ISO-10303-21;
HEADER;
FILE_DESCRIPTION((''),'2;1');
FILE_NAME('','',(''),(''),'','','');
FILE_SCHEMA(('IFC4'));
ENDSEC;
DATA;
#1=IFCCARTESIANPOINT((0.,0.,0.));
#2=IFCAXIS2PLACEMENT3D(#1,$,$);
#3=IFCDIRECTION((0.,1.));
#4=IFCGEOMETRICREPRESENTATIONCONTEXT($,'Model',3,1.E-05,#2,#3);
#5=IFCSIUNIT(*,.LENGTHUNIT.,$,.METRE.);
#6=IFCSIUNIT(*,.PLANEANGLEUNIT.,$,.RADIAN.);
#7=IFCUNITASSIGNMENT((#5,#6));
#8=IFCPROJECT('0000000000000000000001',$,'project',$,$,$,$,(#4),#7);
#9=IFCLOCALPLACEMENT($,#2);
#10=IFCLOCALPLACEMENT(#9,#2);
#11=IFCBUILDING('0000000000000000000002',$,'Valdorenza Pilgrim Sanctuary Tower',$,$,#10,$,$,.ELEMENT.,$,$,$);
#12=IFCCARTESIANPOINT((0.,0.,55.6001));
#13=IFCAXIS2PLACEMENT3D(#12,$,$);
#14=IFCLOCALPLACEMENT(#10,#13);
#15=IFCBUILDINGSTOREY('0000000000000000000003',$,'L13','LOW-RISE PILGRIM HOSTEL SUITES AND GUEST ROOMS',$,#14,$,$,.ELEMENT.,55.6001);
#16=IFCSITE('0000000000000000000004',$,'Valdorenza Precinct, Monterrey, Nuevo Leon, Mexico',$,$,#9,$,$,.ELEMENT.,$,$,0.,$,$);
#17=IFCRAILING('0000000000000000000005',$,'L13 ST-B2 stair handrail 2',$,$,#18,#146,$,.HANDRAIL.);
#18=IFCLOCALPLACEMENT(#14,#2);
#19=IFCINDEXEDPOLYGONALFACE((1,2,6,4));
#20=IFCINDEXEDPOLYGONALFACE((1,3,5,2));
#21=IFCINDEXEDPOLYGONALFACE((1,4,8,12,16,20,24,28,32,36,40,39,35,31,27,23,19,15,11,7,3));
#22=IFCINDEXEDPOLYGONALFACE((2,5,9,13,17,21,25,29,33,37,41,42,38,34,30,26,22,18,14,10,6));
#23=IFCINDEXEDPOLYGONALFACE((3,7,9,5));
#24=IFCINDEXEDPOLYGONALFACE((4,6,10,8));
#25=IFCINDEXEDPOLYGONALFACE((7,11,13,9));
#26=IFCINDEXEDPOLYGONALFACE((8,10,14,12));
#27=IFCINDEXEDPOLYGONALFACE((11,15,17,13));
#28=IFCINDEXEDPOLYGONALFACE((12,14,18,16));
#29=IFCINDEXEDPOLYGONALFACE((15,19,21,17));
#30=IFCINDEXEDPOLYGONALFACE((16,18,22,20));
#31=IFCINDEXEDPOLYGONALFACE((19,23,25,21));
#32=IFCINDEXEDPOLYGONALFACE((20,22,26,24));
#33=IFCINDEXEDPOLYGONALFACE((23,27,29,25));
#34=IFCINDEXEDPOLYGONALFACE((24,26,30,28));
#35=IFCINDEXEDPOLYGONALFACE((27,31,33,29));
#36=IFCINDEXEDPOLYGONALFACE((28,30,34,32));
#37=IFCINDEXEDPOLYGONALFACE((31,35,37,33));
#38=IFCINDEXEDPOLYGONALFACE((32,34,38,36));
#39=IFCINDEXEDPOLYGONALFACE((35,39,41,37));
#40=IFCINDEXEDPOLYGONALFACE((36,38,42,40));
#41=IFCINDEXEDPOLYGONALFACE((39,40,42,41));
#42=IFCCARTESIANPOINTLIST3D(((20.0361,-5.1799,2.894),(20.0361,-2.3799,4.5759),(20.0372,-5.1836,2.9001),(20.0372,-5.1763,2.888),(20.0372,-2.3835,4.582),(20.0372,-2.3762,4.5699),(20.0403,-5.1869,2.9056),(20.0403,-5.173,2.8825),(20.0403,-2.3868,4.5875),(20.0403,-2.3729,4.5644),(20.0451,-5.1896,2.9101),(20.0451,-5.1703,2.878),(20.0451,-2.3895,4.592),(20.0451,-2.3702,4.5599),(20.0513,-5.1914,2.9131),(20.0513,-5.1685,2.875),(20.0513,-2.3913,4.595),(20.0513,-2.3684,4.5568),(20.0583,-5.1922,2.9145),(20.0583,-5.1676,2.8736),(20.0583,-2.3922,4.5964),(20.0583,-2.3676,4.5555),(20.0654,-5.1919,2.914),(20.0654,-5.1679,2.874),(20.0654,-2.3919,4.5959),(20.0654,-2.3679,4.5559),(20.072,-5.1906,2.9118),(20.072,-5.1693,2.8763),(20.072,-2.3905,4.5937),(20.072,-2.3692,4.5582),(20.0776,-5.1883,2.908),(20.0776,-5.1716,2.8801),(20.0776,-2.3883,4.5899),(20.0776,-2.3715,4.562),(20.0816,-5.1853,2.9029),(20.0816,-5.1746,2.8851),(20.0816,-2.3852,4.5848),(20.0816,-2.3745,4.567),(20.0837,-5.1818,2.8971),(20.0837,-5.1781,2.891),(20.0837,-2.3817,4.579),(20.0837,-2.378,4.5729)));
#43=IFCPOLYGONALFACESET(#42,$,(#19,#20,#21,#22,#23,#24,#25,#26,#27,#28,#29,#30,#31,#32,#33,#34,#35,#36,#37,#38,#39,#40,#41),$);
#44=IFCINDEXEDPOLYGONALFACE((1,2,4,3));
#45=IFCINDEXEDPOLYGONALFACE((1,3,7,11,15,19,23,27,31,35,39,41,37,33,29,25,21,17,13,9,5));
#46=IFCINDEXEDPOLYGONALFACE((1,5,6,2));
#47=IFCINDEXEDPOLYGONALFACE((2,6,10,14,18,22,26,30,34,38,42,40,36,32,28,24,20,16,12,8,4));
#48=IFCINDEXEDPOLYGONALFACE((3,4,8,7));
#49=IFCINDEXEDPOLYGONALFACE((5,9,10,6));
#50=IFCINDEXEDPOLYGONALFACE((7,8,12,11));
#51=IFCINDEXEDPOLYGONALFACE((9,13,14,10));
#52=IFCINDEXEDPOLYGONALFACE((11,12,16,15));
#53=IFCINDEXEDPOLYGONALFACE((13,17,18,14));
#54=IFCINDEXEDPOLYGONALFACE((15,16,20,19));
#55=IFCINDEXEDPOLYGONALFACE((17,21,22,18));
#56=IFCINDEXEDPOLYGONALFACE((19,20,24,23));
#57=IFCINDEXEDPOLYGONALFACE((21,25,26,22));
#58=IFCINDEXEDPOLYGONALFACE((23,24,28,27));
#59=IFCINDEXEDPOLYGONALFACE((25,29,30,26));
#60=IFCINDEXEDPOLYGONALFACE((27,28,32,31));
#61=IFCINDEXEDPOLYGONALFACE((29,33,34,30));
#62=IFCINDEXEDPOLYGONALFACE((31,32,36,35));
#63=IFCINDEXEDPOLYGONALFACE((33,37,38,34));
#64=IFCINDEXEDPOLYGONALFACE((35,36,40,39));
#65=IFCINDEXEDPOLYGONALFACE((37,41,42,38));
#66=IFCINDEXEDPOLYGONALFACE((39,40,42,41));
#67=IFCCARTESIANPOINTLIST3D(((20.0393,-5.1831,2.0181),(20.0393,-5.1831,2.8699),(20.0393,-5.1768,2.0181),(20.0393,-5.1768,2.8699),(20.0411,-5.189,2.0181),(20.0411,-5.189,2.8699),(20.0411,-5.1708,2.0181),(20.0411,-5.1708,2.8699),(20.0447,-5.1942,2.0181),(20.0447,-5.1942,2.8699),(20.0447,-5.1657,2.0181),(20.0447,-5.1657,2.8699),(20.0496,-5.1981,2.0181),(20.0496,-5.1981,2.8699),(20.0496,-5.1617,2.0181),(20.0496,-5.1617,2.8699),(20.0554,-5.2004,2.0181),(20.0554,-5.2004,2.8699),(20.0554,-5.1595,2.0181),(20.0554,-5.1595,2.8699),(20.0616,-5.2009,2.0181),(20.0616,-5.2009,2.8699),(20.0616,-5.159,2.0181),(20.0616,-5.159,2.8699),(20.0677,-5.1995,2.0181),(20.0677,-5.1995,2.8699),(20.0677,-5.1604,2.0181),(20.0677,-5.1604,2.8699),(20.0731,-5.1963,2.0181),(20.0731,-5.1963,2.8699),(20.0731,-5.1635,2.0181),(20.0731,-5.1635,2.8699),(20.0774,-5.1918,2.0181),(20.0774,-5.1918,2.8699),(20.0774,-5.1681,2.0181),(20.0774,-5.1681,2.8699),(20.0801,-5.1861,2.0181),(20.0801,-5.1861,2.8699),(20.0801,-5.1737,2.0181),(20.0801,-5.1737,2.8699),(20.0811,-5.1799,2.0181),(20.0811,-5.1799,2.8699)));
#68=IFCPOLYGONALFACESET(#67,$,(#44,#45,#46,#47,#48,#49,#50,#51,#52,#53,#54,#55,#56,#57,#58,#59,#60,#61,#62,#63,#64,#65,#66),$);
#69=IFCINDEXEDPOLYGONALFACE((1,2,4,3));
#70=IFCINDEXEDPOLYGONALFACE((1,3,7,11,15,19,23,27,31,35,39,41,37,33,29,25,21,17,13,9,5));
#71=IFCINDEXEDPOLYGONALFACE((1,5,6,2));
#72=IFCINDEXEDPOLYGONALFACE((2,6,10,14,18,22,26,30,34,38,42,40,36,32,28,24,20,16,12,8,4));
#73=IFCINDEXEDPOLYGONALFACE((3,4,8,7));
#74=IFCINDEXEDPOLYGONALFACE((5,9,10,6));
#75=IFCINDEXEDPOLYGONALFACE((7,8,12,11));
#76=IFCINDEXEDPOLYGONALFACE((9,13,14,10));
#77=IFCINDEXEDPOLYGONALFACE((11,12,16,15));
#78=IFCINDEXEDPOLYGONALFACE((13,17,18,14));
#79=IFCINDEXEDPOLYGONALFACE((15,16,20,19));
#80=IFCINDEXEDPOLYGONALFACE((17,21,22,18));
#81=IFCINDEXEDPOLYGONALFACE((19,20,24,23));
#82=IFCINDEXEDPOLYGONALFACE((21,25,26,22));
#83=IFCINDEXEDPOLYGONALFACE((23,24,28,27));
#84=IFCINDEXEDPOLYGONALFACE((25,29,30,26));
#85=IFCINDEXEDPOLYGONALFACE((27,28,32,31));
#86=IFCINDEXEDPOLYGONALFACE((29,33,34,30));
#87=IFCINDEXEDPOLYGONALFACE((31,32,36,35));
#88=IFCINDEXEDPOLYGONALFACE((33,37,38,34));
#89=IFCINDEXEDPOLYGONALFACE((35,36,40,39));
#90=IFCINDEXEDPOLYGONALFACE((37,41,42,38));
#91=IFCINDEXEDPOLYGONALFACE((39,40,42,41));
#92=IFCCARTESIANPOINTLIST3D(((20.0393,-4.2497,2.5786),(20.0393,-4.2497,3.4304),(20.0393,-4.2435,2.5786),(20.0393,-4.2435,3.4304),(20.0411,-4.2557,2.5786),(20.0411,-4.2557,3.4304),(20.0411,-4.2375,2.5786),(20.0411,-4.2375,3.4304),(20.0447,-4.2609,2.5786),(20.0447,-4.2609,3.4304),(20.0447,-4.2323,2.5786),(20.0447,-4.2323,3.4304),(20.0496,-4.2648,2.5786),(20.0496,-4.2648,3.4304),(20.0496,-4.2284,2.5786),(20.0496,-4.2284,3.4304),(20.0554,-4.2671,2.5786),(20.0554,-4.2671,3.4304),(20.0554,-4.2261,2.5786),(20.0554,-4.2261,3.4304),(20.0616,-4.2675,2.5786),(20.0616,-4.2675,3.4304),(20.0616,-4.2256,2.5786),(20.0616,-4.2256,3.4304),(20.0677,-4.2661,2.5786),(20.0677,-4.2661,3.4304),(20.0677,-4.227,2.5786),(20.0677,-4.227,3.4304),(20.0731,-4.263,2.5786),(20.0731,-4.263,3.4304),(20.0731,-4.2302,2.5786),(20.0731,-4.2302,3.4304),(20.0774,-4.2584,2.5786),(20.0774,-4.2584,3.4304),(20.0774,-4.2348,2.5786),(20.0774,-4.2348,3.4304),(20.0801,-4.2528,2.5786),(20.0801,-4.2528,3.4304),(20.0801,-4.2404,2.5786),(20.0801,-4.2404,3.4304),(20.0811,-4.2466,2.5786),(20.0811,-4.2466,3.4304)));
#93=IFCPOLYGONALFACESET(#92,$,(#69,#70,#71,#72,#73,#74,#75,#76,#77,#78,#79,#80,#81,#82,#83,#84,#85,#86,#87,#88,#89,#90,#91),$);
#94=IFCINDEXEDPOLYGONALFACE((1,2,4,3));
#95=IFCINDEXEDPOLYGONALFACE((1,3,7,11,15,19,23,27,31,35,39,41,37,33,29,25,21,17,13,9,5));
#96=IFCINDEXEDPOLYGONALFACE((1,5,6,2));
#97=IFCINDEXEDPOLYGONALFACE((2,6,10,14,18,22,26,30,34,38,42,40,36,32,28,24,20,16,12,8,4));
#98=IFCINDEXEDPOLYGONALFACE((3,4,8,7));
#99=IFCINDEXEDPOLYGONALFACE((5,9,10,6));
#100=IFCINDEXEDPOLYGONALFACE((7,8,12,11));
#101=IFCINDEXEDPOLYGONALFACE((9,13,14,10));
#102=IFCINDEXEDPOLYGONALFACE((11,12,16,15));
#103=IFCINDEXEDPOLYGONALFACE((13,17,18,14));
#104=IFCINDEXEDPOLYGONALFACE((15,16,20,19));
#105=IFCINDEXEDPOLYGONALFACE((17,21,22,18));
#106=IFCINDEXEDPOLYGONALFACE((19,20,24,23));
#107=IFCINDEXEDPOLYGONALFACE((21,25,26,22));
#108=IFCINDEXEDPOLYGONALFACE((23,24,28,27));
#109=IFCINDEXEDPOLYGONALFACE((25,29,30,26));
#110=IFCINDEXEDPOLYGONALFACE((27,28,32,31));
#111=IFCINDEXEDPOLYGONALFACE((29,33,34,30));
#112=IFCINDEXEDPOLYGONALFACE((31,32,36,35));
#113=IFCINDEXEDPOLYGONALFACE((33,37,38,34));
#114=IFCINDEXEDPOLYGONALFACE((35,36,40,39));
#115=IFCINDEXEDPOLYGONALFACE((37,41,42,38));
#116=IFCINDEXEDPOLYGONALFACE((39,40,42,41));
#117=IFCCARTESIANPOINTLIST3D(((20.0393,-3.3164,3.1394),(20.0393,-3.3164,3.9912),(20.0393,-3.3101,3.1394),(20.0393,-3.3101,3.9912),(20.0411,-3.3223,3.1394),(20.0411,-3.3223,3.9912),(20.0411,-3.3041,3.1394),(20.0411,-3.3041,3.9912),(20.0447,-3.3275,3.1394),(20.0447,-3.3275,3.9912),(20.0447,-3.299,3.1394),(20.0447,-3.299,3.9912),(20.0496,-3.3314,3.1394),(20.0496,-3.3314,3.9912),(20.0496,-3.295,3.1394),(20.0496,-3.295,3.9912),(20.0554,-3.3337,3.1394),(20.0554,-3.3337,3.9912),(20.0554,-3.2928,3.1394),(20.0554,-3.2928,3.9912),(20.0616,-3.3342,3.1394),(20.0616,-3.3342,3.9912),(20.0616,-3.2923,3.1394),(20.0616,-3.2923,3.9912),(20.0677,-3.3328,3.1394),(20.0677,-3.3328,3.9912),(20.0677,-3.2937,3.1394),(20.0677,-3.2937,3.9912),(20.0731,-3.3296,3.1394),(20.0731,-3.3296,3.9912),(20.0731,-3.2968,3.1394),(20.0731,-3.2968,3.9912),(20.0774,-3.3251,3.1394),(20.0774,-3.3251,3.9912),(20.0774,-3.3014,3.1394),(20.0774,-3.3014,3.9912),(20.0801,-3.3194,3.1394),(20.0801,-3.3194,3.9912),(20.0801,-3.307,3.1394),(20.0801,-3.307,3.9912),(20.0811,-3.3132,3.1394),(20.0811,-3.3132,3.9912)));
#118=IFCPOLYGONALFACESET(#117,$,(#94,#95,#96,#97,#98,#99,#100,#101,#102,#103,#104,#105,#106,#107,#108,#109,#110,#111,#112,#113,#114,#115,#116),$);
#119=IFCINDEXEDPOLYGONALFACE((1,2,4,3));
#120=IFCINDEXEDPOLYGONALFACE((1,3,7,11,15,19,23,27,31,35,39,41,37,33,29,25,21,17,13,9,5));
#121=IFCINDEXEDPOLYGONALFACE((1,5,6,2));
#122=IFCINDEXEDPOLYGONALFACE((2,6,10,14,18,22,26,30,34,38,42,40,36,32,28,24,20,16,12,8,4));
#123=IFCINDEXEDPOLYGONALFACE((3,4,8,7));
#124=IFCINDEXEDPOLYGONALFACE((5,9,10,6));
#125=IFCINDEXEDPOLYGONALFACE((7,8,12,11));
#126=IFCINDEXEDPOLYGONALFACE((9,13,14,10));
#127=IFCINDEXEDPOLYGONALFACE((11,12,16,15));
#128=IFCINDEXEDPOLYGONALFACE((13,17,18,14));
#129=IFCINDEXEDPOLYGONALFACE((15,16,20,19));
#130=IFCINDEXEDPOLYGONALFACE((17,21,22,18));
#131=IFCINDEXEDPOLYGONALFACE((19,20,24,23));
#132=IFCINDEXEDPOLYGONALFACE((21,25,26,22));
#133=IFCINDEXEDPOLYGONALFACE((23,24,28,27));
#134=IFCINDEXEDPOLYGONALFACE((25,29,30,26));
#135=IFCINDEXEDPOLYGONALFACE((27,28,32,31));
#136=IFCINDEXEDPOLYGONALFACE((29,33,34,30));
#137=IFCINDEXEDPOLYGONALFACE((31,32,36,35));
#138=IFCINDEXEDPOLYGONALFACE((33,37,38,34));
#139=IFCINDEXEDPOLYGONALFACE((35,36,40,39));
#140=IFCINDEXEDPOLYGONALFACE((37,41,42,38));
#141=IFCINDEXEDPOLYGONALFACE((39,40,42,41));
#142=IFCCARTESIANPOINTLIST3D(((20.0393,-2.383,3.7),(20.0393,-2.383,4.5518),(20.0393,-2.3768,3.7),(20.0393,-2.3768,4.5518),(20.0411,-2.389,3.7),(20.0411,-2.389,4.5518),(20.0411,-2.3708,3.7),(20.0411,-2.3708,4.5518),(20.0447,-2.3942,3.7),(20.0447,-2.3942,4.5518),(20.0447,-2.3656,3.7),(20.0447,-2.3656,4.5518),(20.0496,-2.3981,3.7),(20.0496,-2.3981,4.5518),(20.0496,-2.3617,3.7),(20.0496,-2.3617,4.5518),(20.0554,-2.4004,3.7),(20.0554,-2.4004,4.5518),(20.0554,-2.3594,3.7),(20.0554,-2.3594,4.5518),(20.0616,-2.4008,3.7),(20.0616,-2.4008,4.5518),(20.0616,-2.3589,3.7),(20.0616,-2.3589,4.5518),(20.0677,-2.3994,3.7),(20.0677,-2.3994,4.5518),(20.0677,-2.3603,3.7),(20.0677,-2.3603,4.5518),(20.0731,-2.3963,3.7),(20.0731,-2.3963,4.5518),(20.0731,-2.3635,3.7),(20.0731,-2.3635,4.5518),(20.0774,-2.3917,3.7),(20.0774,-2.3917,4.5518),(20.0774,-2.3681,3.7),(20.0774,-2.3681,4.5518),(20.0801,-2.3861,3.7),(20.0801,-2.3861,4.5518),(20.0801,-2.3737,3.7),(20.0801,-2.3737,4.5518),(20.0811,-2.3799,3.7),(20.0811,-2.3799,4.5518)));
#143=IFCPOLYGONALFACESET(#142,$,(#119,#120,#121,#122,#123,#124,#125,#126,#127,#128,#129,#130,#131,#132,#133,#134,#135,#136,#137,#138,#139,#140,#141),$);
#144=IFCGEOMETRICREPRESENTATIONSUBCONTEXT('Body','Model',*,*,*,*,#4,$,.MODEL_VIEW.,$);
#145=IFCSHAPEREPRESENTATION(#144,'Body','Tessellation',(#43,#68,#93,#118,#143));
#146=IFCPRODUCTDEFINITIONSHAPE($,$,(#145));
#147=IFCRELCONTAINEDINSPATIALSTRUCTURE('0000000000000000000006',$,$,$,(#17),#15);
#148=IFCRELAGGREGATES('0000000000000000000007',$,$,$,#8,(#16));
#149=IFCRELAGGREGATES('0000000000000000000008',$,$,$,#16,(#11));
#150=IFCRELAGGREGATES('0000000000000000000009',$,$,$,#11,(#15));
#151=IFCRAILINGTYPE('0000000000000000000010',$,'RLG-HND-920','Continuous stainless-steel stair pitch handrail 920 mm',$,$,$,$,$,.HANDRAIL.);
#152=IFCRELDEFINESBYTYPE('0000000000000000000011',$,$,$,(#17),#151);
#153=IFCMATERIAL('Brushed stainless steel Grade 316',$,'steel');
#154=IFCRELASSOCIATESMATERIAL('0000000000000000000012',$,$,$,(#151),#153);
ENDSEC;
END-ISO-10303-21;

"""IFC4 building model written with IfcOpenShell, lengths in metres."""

from ifc_helpers import new_model, si_unit, direction, frame, origin, origin_2d, place, context, subcontext, project, spatial, circle, extrude, material, type_object, element, save


model = new_model("IFC4")

# Units and contexts
model_context = context("Model", 3, precision=1e-05, world=origin(), true_north=direction((0.0, 1.0)))
body_context = subcontext(model_context, "Body", "Model", "MODEL_VIEW")
ifc_project = project(units=[si_unit("LENGTHUNIT", "METRE"), si_unit("PLANEANGLEUNIT", "RADIAN")], contexts=[model_context])

# Site, building, storey
site_placement = place(None, origin())
site = spatial("IfcSite", under=ifc_project, at=site_placement, Name="Valdorenza Precinct, Monterrey, Nuevo Leon, Mexico", CompositionType="ELEMENT", RefElevation=0.0)
building_placement = place(site_placement, origin())
building = spatial("IfcBuilding", under=site, at=building_placement, Name="Valdorenza Pilgrim Sanctuary Tower", CompositionType="ELEMENT")
storey_placement = place(building_placement, frame((0.0, 0.0, 55.6001)))
storey = spatial("IfcBuildingStorey", under=building, at=storey_placement, Name="L13", Description="LOW-RISE PILGRIM HOSTEL SUITES AND GUEST ROOMS", CompositionType="ELEMENT", Elevation=55.6001)

# Shared definitions
ifc_material_1 = material(Name="Brushed stainless steel Grade 316", Category="steel")

# Railing
railing_type_1 = type_object("IfcRailingType", Name="RLG-HND-920", Description="Continuous stainless-steel stair pitch handrail 920 mm", PredefinedType="HANDRAIL", material=ifc_material_1)
railing_1_placement = place(storey_placement, frame((20.0601, -5.1799, 2.0181)))
element("IfcRailing", 1, at=railing_1_placement, inside=storey, type_object=railing_type_1, Name="L13 ST-B2 stair handrail 2", PredefinedType="HANDRAIL", context=body_context, shape_type="SweptSolid", body=[
    extrude(circle(Radius=0.0239, at=origin_2d()), frame((0.0, 0.0, 0.876), z_axis=(0.0, 0.857242, 0.514913), x_axis=(-1.0, 0.0, 0.0)), (0.0, 0.0, 1.0), 3.2664),
    extrude(circle(Radius=0.021, at=origin_2d()), origin(), (0.0, 0.0, 1.0), 0.8518),
    extrude(circle(Radius=0.021, at=origin_2d()), frame((0.0, 0.9333, 0.5605)), (0.0, 0.0, 1.0), 0.8518),
    extrude(circle(Radius=0.021, at=origin_2d()), frame((0.0, 1.8667, 1.1213)), (0.0, 0.0, 1.0), 0.8518),
    extrude(circle(Radius=0.021, at=origin_2d()), frame((0.0, 2.8, 1.6819)), (0.0, 0.0, 1.0), 0.8518),
])

save(model, "model.ifc")
